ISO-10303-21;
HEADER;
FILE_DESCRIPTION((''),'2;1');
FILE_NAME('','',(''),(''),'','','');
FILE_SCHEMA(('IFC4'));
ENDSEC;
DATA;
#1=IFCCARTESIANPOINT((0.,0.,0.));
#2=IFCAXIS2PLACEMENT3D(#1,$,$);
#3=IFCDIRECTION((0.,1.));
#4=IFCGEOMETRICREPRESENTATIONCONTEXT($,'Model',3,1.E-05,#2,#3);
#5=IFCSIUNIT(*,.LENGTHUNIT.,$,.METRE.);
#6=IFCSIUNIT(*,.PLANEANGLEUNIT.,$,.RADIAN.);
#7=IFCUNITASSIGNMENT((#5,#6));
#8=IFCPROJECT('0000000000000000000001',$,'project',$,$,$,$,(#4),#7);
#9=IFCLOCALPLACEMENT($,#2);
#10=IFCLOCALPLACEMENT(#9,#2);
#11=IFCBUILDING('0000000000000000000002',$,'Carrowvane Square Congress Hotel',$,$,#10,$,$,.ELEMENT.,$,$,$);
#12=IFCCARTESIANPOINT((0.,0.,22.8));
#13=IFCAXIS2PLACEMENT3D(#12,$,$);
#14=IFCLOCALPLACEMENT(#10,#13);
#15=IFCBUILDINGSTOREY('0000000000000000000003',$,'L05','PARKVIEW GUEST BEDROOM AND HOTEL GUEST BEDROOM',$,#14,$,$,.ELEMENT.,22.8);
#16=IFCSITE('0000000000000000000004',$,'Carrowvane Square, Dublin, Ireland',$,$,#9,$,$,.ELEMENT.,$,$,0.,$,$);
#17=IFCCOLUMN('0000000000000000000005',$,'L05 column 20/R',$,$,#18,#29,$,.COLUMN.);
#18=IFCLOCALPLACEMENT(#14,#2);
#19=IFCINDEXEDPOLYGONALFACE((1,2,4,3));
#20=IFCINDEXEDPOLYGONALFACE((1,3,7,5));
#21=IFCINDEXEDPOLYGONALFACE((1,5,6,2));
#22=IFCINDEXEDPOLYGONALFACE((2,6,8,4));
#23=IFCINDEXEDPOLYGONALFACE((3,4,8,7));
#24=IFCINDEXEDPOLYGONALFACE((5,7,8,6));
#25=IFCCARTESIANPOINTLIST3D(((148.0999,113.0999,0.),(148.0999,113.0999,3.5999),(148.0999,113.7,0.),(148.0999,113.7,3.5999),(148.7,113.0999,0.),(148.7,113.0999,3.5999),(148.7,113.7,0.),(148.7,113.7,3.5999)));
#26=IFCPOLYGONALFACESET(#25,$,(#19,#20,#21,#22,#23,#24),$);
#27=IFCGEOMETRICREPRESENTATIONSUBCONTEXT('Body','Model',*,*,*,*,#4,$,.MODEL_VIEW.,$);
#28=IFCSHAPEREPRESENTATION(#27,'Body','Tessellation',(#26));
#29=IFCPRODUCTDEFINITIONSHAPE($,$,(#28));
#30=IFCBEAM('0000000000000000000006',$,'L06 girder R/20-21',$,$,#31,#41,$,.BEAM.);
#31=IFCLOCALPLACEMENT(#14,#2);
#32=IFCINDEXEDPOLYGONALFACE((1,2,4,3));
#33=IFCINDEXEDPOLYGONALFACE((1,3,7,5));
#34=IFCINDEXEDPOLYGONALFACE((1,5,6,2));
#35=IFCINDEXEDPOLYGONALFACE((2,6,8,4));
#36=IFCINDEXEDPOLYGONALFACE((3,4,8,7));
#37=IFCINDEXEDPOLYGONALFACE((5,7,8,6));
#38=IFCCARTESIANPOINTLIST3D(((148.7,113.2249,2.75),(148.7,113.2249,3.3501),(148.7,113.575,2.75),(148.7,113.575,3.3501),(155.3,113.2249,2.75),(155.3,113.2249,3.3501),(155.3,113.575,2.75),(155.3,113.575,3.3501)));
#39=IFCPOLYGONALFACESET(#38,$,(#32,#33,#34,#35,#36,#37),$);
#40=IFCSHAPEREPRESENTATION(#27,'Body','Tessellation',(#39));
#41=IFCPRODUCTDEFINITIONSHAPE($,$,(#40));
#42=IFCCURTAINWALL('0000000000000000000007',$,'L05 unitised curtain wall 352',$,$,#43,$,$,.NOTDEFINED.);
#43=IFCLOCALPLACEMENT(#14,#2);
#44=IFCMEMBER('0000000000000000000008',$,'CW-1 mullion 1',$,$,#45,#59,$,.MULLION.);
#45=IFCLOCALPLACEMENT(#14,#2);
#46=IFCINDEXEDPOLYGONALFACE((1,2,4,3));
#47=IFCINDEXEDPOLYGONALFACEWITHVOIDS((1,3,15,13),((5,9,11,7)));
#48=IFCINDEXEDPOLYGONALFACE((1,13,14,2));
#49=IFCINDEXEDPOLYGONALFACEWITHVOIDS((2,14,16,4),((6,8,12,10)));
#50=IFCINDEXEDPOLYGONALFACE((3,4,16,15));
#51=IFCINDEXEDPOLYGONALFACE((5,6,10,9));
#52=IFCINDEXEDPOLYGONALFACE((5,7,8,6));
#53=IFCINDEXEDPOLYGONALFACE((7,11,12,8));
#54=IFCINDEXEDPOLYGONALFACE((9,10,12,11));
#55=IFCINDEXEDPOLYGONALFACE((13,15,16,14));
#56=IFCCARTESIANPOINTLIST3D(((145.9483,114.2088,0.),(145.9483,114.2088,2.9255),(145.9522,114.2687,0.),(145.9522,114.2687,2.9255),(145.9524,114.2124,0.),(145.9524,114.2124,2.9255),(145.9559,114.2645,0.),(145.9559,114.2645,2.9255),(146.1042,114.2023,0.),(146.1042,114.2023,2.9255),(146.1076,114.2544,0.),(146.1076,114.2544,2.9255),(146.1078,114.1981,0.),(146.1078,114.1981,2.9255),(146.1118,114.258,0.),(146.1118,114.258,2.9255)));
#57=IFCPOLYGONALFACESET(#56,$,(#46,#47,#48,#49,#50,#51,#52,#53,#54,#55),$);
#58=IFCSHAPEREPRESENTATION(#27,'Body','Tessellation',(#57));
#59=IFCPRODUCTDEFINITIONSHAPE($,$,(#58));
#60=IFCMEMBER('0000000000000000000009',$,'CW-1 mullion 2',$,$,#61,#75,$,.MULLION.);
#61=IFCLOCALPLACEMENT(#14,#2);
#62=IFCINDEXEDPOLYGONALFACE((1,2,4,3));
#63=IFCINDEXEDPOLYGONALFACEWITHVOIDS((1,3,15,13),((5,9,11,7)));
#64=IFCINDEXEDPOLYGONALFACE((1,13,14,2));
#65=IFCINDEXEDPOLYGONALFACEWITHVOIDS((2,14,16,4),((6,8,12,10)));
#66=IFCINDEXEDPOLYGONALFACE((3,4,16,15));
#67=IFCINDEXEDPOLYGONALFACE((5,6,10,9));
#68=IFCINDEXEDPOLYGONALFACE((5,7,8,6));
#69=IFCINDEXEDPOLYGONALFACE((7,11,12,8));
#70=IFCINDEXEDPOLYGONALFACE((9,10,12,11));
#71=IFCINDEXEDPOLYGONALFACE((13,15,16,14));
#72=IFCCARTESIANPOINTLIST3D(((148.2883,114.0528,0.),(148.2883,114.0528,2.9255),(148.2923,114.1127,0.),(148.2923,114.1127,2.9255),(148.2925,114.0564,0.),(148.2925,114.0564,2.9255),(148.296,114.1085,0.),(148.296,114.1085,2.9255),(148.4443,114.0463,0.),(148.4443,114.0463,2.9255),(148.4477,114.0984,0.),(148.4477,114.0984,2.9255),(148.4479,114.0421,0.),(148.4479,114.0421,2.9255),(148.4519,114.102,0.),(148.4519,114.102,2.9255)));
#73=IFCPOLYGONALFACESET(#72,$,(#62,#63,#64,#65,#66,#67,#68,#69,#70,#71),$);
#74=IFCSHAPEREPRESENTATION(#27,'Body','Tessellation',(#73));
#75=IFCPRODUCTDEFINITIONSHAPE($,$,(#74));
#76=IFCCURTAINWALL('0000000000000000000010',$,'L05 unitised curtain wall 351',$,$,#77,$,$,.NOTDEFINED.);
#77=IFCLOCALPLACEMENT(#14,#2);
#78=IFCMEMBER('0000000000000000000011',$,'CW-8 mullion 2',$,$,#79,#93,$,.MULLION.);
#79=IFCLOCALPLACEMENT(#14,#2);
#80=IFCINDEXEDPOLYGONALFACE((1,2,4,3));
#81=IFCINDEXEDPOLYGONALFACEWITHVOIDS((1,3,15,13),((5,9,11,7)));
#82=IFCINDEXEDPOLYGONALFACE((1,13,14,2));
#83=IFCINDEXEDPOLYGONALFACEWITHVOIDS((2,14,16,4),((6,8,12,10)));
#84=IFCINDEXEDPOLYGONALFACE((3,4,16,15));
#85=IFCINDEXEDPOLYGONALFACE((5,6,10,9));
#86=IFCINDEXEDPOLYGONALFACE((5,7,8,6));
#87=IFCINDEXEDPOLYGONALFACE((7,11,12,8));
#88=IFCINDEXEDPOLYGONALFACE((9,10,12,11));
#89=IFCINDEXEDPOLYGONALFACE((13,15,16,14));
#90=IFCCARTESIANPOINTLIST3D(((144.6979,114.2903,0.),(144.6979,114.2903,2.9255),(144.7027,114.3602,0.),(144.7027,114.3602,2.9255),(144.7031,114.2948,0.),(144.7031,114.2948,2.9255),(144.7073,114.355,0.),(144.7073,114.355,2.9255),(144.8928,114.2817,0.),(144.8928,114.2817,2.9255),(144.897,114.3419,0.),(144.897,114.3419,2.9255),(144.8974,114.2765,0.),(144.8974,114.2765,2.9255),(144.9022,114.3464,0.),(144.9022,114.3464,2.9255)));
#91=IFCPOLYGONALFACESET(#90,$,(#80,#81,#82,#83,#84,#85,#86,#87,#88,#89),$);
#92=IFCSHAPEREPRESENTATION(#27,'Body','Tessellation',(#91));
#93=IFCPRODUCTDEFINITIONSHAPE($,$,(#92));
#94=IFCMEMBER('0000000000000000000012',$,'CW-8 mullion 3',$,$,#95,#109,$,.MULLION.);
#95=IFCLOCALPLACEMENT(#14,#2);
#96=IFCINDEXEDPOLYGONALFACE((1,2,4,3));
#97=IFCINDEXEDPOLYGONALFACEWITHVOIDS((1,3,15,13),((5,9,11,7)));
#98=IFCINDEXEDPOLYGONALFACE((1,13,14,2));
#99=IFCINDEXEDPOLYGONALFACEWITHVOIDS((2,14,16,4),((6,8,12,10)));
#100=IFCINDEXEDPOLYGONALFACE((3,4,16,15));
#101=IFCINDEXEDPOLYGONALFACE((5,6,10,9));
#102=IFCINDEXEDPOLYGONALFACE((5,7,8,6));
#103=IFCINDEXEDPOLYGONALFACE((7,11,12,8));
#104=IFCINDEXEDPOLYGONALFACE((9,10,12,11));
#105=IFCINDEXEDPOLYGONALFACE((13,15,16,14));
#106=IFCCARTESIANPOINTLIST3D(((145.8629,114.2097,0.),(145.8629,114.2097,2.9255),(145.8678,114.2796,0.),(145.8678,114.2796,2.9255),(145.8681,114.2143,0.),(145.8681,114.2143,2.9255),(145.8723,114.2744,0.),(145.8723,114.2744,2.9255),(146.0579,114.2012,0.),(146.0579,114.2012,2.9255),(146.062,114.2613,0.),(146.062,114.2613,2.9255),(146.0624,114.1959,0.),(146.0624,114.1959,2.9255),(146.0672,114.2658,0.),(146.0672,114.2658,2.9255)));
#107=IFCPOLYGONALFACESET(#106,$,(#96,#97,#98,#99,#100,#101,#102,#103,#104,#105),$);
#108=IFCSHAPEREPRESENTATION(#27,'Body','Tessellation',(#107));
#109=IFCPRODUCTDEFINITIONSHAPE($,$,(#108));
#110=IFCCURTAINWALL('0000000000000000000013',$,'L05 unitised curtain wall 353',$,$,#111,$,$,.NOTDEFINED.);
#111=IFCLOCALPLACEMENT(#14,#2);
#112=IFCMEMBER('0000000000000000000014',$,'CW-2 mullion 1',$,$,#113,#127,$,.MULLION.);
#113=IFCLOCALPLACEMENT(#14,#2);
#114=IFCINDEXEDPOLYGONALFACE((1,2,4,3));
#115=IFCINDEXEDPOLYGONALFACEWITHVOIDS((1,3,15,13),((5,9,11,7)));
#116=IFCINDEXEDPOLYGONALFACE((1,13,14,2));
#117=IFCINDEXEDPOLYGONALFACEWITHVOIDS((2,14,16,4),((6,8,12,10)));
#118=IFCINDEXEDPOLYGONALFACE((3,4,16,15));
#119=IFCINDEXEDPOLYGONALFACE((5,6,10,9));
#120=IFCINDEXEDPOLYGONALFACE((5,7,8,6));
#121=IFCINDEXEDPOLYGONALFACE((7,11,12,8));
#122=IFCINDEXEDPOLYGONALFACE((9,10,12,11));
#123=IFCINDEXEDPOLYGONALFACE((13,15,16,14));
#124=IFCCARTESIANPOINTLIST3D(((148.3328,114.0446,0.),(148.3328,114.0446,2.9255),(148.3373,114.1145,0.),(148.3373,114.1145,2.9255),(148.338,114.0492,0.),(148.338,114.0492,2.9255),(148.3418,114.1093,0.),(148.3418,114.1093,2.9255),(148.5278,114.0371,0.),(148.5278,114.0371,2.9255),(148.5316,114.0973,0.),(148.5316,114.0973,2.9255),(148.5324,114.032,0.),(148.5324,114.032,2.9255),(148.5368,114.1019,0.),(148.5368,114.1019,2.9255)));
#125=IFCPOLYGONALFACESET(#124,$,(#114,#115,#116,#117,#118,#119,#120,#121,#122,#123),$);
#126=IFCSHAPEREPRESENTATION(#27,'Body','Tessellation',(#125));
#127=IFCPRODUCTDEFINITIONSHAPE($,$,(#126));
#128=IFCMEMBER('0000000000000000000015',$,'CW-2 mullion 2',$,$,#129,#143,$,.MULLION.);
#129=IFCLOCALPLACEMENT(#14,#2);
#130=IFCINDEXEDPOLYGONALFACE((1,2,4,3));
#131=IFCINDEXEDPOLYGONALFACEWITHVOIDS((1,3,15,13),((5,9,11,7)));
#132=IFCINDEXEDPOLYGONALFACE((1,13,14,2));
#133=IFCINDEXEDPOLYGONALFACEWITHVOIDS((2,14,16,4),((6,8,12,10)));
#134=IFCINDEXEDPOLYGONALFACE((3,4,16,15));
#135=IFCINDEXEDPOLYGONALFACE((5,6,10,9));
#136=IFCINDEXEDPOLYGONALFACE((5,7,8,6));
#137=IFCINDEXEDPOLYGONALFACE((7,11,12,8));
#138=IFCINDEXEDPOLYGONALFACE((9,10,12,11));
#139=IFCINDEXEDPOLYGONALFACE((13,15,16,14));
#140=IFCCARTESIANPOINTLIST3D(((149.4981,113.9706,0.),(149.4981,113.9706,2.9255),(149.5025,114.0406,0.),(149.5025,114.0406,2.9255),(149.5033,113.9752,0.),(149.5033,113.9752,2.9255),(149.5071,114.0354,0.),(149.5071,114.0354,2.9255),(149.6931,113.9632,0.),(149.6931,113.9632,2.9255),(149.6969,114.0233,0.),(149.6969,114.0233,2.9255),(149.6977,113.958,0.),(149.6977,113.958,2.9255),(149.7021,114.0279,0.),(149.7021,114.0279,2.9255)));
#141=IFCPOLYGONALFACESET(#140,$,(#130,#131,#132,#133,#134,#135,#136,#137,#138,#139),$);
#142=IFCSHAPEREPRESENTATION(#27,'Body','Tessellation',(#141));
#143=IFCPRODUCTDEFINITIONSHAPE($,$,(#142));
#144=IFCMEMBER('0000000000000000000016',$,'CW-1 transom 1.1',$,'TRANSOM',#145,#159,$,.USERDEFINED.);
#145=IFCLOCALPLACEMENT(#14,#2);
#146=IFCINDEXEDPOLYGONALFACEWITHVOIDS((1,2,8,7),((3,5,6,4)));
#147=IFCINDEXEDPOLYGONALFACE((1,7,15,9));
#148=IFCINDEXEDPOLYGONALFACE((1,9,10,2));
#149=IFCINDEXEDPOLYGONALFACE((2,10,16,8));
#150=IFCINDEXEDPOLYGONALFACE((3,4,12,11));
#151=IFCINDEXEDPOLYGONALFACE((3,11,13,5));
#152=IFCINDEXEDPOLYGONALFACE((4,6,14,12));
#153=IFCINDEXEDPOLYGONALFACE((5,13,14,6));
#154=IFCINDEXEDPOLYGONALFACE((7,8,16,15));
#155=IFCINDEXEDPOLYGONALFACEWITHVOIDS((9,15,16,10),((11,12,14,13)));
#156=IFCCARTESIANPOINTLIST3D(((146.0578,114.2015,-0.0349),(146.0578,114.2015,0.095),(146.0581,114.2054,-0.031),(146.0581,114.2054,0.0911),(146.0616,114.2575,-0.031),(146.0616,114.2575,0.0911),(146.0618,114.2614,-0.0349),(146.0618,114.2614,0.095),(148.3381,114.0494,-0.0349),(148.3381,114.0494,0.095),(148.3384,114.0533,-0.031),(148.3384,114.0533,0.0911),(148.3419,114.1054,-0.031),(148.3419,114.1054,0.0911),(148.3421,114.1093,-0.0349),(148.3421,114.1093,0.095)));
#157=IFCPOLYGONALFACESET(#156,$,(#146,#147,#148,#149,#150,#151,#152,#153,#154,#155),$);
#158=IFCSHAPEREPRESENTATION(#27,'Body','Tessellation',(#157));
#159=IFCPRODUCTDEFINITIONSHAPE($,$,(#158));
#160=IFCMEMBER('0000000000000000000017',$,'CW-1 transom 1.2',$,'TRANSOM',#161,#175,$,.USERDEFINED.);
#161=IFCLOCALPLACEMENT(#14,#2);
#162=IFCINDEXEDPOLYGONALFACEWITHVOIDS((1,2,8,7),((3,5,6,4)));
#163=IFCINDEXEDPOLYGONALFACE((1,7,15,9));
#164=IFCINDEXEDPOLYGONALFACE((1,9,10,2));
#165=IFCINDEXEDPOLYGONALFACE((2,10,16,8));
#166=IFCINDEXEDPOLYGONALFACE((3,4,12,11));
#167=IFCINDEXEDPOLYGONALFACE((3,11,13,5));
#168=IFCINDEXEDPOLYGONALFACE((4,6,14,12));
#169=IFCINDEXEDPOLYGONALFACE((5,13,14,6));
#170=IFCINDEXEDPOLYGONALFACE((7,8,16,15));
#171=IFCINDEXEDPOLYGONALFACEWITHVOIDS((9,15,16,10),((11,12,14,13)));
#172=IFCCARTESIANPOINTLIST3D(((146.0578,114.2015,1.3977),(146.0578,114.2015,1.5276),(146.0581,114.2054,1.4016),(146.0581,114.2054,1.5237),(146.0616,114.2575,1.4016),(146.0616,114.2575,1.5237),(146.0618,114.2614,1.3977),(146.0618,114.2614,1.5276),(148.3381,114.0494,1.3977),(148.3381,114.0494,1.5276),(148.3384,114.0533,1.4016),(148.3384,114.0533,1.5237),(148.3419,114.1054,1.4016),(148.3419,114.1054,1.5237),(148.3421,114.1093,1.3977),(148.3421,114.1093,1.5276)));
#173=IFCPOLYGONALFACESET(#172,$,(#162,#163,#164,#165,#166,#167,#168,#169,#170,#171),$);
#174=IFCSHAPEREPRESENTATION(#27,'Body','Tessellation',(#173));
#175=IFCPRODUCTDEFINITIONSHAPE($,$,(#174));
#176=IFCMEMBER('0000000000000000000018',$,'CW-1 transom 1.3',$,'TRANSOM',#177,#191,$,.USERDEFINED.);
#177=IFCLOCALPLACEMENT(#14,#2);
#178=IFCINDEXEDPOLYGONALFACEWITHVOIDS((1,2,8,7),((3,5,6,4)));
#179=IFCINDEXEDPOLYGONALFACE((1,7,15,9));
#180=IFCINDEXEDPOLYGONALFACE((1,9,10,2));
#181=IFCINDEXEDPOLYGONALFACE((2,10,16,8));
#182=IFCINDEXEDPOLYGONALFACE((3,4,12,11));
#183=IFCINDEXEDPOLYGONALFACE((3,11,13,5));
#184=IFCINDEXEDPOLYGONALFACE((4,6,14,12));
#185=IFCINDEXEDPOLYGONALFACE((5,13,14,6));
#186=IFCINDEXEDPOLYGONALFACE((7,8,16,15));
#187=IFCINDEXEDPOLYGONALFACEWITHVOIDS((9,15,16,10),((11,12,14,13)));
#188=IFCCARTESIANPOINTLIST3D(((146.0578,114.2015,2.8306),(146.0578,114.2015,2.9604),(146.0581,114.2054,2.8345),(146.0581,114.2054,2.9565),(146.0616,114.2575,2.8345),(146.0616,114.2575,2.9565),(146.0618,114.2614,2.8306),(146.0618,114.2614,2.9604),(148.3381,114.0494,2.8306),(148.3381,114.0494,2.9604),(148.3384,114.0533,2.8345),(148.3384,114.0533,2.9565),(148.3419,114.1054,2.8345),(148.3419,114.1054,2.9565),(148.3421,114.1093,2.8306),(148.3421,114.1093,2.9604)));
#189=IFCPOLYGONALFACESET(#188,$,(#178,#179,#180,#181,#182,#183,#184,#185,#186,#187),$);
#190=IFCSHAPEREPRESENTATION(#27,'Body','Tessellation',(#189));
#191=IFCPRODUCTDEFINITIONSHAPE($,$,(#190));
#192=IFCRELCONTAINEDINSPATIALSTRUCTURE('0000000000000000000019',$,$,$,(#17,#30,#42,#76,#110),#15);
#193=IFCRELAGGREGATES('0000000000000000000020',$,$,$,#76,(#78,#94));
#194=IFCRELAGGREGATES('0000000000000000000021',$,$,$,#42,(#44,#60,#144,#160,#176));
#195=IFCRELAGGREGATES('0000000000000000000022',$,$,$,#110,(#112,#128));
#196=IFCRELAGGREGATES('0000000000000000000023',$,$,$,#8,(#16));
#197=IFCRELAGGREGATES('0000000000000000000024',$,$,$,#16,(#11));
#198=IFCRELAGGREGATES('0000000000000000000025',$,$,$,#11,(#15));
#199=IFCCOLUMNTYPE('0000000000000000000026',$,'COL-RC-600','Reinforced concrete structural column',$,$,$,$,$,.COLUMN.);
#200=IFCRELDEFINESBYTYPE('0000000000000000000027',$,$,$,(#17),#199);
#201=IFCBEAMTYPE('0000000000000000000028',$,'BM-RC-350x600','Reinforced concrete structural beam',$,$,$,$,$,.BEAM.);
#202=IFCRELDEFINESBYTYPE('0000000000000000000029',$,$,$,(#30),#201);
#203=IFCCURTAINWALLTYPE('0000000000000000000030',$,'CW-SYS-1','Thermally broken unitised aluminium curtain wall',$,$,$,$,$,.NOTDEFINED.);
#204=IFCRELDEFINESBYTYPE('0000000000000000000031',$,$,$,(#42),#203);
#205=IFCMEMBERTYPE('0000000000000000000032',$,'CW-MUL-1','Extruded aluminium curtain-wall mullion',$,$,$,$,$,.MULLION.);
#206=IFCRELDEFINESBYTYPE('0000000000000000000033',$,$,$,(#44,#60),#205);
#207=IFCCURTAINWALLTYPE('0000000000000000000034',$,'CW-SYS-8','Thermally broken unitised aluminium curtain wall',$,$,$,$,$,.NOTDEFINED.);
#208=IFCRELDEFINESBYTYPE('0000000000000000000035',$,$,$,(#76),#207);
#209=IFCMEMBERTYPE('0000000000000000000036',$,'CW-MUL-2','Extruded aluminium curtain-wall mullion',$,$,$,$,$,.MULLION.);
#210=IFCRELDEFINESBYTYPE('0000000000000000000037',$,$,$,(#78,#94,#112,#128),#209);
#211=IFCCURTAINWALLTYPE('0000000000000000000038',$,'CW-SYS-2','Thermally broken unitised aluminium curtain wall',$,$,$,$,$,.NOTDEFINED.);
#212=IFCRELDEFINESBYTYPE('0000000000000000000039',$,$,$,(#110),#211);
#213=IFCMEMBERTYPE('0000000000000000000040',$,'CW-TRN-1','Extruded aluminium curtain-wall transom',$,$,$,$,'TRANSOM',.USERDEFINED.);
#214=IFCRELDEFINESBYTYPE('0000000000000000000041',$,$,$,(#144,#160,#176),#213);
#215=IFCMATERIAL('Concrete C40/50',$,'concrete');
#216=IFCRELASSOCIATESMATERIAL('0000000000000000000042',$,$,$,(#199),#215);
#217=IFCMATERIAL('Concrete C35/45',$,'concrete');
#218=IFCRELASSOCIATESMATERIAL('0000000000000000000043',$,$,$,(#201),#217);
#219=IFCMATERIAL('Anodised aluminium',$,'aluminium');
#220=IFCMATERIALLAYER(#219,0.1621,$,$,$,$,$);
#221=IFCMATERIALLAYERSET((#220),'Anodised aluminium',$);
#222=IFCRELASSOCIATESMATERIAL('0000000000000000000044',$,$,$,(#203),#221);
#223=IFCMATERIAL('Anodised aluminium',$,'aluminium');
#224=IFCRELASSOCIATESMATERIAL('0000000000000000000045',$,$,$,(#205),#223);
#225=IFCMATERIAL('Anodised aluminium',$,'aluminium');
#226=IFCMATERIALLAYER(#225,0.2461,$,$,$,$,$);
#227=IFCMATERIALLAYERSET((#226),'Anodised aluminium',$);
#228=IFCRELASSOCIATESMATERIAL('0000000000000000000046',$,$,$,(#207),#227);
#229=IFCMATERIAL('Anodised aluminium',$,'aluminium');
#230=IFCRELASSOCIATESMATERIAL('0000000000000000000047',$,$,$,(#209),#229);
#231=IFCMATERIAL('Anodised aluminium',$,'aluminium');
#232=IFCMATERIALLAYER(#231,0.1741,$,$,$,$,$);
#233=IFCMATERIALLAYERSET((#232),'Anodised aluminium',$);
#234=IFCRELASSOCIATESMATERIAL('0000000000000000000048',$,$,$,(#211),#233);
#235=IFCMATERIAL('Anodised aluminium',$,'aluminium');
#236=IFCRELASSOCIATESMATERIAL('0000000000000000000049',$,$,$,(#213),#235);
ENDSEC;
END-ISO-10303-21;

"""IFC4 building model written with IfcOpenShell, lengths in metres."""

from ifc_helpers import new_model, si_unit, direction, frame, origin, origin_2d, place, context, subcontext, project, spatial, rectangle, hollow_rectangle, extrude, material, layer, layer_set, material_profile, profile_set, type_object, element, aggregate, save


model = new_model("IFC4")

# Units and contexts
model_context = context("Model", 3, precision=1e-05, world=origin(), true_north=direction((0.0, 1.0)))
body_context = subcontext(model_context, "Body", "Model", "MODEL_VIEW")
ifc_project = project(units=[si_unit("LENGTHUNIT", "METRE"), si_unit("PLANEANGLEUNIT", "RADIAN")], contexts=[model_context])

# Site, building, storey
site_placement = place(None, origin())
site = spatial("IfcSite", under=ifc_project, at=site_placement, Name="Carrowvane Square, Dublin, Ireland", CompositionType="ELEMENT", RefElevation=0.0)
building_placement = place(site_placement, origin())
building = spatial("IfcBuilding", under=site, at=building_placement, Name="Carrowvane Square Congress Hotel", CompositionType="ELEMENT")
storey_placement = place(building_placement, frame((0.0, 0.0, 22.8)))
storey = spatial("IfcBuildingStorey", under=building, at=storey_placement, Name="L05", Description="PARKVIEW GUEST BEDROOM AND HOTEL GUEST BEDROOM", CompositionType="ELEMENT", Elevation=22.8)

# Column
ifc_material_1 = material(Name="Concrete C40/50", Category="concrete")
ifc_material_profile_1 = material_profile(ifc_material_1, rectangle(XDim=0.6001, YDim=0.6001, at=origin_2d()), Name="RC 600x600")
ifc_profile_set_1 = profile_set([ifc_material_profile_1], Name="Concrete C40/50")
column_type = type_object("IfcColumnType", Name="COL-RC-600", Description="Reinforced concrete structural column", PredefinedType="COLUMN", material=ifc_profile_set_1)
column_placement = place(storey_placement, frame((148.3999, 113.3999, 0.0), z_axis=(0.0, 0.0, 1.0), x_axis=(1.0, 0.0, 0.0)))
element("IfcColumn", 1, at=column_placement, inside=storey, type_object=column_type, Name="L05 column 20/R", PredefinedType="COLUMN", context=body_context, shape_type="SweptSolid", body=[
    extrude(rectangle(XDim=0.6001, YDim=0.6001, at=origin_2d()), origin(), (0.0, 0.0, 1.0), 3.5999),
])

# Beam
ifc_material_2 = material(Name="Concrete C35/45", Category="concrete")
ifc_material_profile_2 = material_profile(ifc_material_2, rectangle(XDim=0.3501, YDim=0.6001, at=origin_2d()), Name="RC 350x600")
ifc_profile_set_2 = profile_set([ifc_material_profile_2], Name="Concrete C35/45")
beam_type = type_object("IfcBeamType", Name="BM-RC-350x600", Description="Reinforced concrete structural beam", PredefinedType="BEAM", material=ifc_profile_set_2)
beam_placement = place(storey_placement, frame((148.7, 113.3999, 3.05), z_axis=(1.0, 0.0, 0.0), x_axis=(0.0, 1.0, 0.0)))
element("IfcBeam", 2, at=beam_placement, inside=storey, type_object=beam_type, Name="L06 girder R/20-21", PredefinedType="BEAM", context=body_context, shape_type="SweptSolid", body=[
    extrude(rectangle(XDim=0.3501, YDim=0.6001, at=origin_2d()), origin(), (0.0, 0.0, 1.0), 6.6001),
])

# Curtain walls, members
ifc_material_3 = material(Name="Anodised aluminium", Category="aluminium")
ifc_layer_1 = layer(ifc_material_3, 0.1621)
ifc_layer_set_1 = layer_set([ifc_layer_1], Name="Anodised aluminium")
curtain_wall_type_1 = type_object("IfcCurtainWallType", Name="CW-SYS-1", Description="Thermally broken unitised aluminium curtain wall", PredefinedType="NOTDEFINED", material=ifc_layer_set_1)
curtain_wall_1_placement = place(storey_placement, origin())
curtain_wall_1 = element("IfcCurtainWall", 3, at=curtain_wall_1_placement, inside=storey, type_object=curtain_wall_type_1, Name="L05 unitised curtain wall 352", PredefinedType="NOTDEFINED")
ifc_material_4 = material(Name="Anodised aluminium", Category="aluminium")
ifc_material_profile_3 = material_profile(ifc_material_4, hollow_rectangle(XDim=0.0601, YDim=0.1599, WallThickness=0.0039, at=origin_2d()), Name="CW-ML 60x160x4")
ifc_profile_set_3 = profile_set([ifc_material_profile_3], Name="Anodised aluminium")
member_type_1 = type_object("IfcMemberType", Name="CW-MUL-1", Description="Extruded aluminium curtain-wall mullion", PredefinedType="MULLION", material=ifc_profile_set_3)
member_1_placement = place(storey_placement, frame((146.03, 114.2334, 0.0), z_axis=(0.0, 0.0, 1.0), x_axis=(0.066574, 0.997781, 0.0)))
member_1 = element("IfcMember", 4, at=member_1_placement, type_object=member_type_1, Name="CW-1 mullion 1", PredefinedType="MULLION", context=body_context, shape_type="SweptSolid", body=[
    extrude(hollow_rectangle(XDim=0.0601, YDim=0.1599, WallThickness=0.0039, at=origin_2d()), origin(), (0.0, 0.0, 1.0), 2.9255),
])
member_2_placement = place(storey_placement, frame((148.3701, 114.0774, 0.0), z_axis=(0.0, 0.0, 1.0), x_axis=(0.066574, 0.997781, 0.0)))
member_2 = element("IfcMember", 5, at=member_2_placement, type_object=member_type_1, Name="CW-1 mullion 2", PredefinedType="MULLION", context=body_context, shape_type="SweptSolid", body=[
    extrude(hollow_rectangle(XDim=0.0601, YDim=0.1599, WallThickness=0.0039, at=origin_2d()), origin(), (0.0, 0.0, 1.0), 2.9255),
])
ifc_material_5 = material(Name="Anodised aluminium", Category="aluminium")
ifc_layer_2 = layer(ifc_material_5, 0.2461)
ifc_layer_set_2 = layer_set([ifc_layer_2], Name="Anodised aluminium")
curtain_wall_type_2 = type_object("IfcCurtainWallType", Name="CW-SYS-8", Description="Thermally broken unitised aluminium curtain wall", PredefinedType="NOTDEFINED", material=ifc_layer_set_2)
curtain_wall_2_placement = place(storey_placement, origin())
curtain_wall_2 = element("IfcCurtainWall", 6, at=curtain_wall_2_placement, inside=storey, type_object=curtain_wall_type_2, Name="L05 unitised curtain wall 351", PredefinedType="NOTDEFINED")
ifc_material_6 = material(Name="Anodised aluminium", Category="aluminium")
ifc_material_profile_4 = material_profile(ifc_material_6, hollow_rectangle(XDim=0.0701, YDim=0.2, WallThickness=0.0049, at=origin_2d()), Name="CW-ML 70x200x5")
ifc_profile_set_4 = profile_set([ifc_material_profile_4], Name="Anodised aluminium")
member_type_2 = type_object("IfcMemberType", Name="CW-MUL-2", Description="Extruded aluminium curtain-wall mullion", PredefinedType="MULLION", material=ifc_profile_set_4)
member_3_placement = place(storey_placement, frame((144.8, 114.3184, 0.0), z_axis=(0.0, 0.0, 1.0), x_axis=(0.068986, 0.997618, 0.0)))
member_3 = element("IfcMember", 7, at=member_3_placement, type_object=member_type_2, Name="CW-8 mullion 2", PredefinedType="MULLION", context=body_context, shape_type="SweptSolid", body=[
    extrude(hollow_rectangle(XDim=0.0701, YDim=0.2, WallThickness=0.0049, at=origin_2d()), origin(), (0.0, 0.0, 1.0), 2.9255),
])
member_4_placement = place(storey_placement, frame((145.9651, 114.2378, 0.0), z_axis=(0.0, 0.0, 1.0), x_axis=(0.068986, 0.997618, 0.0)))
member_4 = element("IfcMember", 8, at=member_4_placement, type_object=member_type_2, Name="CW-8 mullion 3", PredefinedType="MULLION", context=body_context, shape_type="SweptSolid", body=[
    extrude(hollow_rectangle(XDim=0.0701, YDim=0.2, WallThickness=0.0049, at=origin_2d()), origin(), (0.0, 0.0, 1.0), 2.9255),
])
ifc_material_7 = material(Name="Anodised aluminium", Category="aluminium")
ifc_layer_3 = layer(ifc_material_7, 0.1741)
ifc_layer_set_3 = layer_set([ifc_layer_3], Name="Anodised aluminium")
curtain_wall_type_3 = type_object("IfcCurtainWallType", Name="CW-SYS-2", Description="Thermally broken unitised aluminium curtain wall", PredefinedType="NOTDEFINED", material=ifc_layer_set_3)
curtain_wall_3_placement = place(storey_placement, origin())
curtain_wall_3 = element("IfcCurtainWall", 9, at=curtain_wall_3_placement, inside=storey, type_object=curtain_wall_type_3, Name="L05 unitised curtain wall 353", PredefinedType="NOTDEFINED")
member_5_placement = place(storey_placement, frame((148.4348, 114.0732, 0.0), z_axis=(0.0, 0.0, 1.0), x_axis=(0.063273, 0.997996, 0.0)))
member_5 = element("IfcMember", 10, at=member_5_placement, type_object=member_type_2, Name="CW-2 mullion 1", PredefinedType="MULLION", context=body_context, shape_type="SweptSolid", body=[
    extrude(hollow_rectangle(XDim=0.0701, YDim=0.2, WallThickness=0.0049, at=origin_2d()), origin(), (0.0, 0.0, 1.0), 2.9255),
])
member_6_placement = place(storey_placement, frame((149.6001, 113.9993, 0.0), z_axis=(0.0, 0.0, 1.0), x_axis=(0.063273, 0.997996, 0.0)))
member_6 = element("IfcMember", 11, at=member_6_placement, type_object=member_type_2, Name="CW-2 mullion 2", PredefinedType="MULLION", context=body_context, shape_type="SweptSolid", body=[
    extrude(hollow_rectangle(XDim=0.0701, YDim=0.2, WallThickness=0.0049, at=origin_2d()), origin(), (0.0, 0.0, 1.0), 2.9255),
])

# Members
ifc_material_8 = material(Name="Anodised aluminium", Category="aluminium")
ifc_material_profile_5 = material_profile(ifc_material_8, hollow_rectangle(XDim=0.0601, YDim=0.1299, WallThickness=0.0039, at=origin_2d()), Name="CW-TR 60x130x4")
ifc_profile_set_5 = profile_set([ifc_material_profile_5], Name="Anodised aluminium")
member_type_3 = type_object("IfcMemberType", Name="CW-TRN-1", Description="Extruded aluminium curtain-wall transom", ElementType="TRANSOM", PredefinedType="USERDEFINED", material=ifc_profile_set_5)
member_7_placement = place(storey_placement, frame((146.0598, 114.2314, 0.03), z_axis=(0.997783, -0.066554, 0.0), x_axis=(0.066554, 0.997783, 0.0)))
member_7 = element("IfcMember", 12, at=member_7_placement, type_object=member_type_3, Name="CW-1 transom 1.1", ObjectType="TRANSOM", PredefinedType="USERDEFINED", context=body_context, shape_type="SweptSolid", body=[
    extrude(hollow_rectangle(XDim=0.0601, YDim=0.1299, WallThickness=0.0039, at=origin_2d()), origin(), (0.0, 0.0, 1.0), 2.2854),
])
member_8_placement = place(storey_placement, frame((146.0598, 114.2314, 1.4626), z_axis=(0.997783, -0.066554, 0.0), x_axis=(0.066554, 0.997783, 0.0)))
member_8 = element("IfcMember", 13, at=member_8_placement, type_object=member_type_3, Name="CW-1 transom 1.2", ObjectType="TRANSOM", PredefinedType="USERDEFINED", context=body_context, shape_type="SweptSolid", body=[
    extrude(hollow_rectangle(XDim=0.0601, YDim=0.1299, WallThickness=0.0039, at=origin_2d()), origin(), (0.0, 0.0, 1.0), 2.2854),
])
member_9_placement = place(storey_placement, frame((146.0598, 114.2314, 2.8955), z_axis=(0.997783, -0.066554, 0.0), x_axis=(0.066554, 0.997783, 0.0)))
member_9 = element("IfcMember", 14, at=member_9_placement, type_object=member_type_3, Name="CW-1 transom 1.3", ObjectType="TRANSOM", PredefinedType="USERDEFINED", context=body_context, shape_type="SweptSolid", body=[
    extrude(hollow_rectangle(XDim=0.0601, YDim=0.1299, WallThickness=0.0039, at=origin_2d()), origin(), (0.0, 0.0, 1.0), 2.2854),
])

aggregate(curtain_wall_2, [member_3, member_4])
aggregate(curtain_wall_1, [member_1, member_2, member_7, member_8, member_9])
aggregate(curtain_wall_3, [member_5, member_6])

save(model, "model.ifc")
